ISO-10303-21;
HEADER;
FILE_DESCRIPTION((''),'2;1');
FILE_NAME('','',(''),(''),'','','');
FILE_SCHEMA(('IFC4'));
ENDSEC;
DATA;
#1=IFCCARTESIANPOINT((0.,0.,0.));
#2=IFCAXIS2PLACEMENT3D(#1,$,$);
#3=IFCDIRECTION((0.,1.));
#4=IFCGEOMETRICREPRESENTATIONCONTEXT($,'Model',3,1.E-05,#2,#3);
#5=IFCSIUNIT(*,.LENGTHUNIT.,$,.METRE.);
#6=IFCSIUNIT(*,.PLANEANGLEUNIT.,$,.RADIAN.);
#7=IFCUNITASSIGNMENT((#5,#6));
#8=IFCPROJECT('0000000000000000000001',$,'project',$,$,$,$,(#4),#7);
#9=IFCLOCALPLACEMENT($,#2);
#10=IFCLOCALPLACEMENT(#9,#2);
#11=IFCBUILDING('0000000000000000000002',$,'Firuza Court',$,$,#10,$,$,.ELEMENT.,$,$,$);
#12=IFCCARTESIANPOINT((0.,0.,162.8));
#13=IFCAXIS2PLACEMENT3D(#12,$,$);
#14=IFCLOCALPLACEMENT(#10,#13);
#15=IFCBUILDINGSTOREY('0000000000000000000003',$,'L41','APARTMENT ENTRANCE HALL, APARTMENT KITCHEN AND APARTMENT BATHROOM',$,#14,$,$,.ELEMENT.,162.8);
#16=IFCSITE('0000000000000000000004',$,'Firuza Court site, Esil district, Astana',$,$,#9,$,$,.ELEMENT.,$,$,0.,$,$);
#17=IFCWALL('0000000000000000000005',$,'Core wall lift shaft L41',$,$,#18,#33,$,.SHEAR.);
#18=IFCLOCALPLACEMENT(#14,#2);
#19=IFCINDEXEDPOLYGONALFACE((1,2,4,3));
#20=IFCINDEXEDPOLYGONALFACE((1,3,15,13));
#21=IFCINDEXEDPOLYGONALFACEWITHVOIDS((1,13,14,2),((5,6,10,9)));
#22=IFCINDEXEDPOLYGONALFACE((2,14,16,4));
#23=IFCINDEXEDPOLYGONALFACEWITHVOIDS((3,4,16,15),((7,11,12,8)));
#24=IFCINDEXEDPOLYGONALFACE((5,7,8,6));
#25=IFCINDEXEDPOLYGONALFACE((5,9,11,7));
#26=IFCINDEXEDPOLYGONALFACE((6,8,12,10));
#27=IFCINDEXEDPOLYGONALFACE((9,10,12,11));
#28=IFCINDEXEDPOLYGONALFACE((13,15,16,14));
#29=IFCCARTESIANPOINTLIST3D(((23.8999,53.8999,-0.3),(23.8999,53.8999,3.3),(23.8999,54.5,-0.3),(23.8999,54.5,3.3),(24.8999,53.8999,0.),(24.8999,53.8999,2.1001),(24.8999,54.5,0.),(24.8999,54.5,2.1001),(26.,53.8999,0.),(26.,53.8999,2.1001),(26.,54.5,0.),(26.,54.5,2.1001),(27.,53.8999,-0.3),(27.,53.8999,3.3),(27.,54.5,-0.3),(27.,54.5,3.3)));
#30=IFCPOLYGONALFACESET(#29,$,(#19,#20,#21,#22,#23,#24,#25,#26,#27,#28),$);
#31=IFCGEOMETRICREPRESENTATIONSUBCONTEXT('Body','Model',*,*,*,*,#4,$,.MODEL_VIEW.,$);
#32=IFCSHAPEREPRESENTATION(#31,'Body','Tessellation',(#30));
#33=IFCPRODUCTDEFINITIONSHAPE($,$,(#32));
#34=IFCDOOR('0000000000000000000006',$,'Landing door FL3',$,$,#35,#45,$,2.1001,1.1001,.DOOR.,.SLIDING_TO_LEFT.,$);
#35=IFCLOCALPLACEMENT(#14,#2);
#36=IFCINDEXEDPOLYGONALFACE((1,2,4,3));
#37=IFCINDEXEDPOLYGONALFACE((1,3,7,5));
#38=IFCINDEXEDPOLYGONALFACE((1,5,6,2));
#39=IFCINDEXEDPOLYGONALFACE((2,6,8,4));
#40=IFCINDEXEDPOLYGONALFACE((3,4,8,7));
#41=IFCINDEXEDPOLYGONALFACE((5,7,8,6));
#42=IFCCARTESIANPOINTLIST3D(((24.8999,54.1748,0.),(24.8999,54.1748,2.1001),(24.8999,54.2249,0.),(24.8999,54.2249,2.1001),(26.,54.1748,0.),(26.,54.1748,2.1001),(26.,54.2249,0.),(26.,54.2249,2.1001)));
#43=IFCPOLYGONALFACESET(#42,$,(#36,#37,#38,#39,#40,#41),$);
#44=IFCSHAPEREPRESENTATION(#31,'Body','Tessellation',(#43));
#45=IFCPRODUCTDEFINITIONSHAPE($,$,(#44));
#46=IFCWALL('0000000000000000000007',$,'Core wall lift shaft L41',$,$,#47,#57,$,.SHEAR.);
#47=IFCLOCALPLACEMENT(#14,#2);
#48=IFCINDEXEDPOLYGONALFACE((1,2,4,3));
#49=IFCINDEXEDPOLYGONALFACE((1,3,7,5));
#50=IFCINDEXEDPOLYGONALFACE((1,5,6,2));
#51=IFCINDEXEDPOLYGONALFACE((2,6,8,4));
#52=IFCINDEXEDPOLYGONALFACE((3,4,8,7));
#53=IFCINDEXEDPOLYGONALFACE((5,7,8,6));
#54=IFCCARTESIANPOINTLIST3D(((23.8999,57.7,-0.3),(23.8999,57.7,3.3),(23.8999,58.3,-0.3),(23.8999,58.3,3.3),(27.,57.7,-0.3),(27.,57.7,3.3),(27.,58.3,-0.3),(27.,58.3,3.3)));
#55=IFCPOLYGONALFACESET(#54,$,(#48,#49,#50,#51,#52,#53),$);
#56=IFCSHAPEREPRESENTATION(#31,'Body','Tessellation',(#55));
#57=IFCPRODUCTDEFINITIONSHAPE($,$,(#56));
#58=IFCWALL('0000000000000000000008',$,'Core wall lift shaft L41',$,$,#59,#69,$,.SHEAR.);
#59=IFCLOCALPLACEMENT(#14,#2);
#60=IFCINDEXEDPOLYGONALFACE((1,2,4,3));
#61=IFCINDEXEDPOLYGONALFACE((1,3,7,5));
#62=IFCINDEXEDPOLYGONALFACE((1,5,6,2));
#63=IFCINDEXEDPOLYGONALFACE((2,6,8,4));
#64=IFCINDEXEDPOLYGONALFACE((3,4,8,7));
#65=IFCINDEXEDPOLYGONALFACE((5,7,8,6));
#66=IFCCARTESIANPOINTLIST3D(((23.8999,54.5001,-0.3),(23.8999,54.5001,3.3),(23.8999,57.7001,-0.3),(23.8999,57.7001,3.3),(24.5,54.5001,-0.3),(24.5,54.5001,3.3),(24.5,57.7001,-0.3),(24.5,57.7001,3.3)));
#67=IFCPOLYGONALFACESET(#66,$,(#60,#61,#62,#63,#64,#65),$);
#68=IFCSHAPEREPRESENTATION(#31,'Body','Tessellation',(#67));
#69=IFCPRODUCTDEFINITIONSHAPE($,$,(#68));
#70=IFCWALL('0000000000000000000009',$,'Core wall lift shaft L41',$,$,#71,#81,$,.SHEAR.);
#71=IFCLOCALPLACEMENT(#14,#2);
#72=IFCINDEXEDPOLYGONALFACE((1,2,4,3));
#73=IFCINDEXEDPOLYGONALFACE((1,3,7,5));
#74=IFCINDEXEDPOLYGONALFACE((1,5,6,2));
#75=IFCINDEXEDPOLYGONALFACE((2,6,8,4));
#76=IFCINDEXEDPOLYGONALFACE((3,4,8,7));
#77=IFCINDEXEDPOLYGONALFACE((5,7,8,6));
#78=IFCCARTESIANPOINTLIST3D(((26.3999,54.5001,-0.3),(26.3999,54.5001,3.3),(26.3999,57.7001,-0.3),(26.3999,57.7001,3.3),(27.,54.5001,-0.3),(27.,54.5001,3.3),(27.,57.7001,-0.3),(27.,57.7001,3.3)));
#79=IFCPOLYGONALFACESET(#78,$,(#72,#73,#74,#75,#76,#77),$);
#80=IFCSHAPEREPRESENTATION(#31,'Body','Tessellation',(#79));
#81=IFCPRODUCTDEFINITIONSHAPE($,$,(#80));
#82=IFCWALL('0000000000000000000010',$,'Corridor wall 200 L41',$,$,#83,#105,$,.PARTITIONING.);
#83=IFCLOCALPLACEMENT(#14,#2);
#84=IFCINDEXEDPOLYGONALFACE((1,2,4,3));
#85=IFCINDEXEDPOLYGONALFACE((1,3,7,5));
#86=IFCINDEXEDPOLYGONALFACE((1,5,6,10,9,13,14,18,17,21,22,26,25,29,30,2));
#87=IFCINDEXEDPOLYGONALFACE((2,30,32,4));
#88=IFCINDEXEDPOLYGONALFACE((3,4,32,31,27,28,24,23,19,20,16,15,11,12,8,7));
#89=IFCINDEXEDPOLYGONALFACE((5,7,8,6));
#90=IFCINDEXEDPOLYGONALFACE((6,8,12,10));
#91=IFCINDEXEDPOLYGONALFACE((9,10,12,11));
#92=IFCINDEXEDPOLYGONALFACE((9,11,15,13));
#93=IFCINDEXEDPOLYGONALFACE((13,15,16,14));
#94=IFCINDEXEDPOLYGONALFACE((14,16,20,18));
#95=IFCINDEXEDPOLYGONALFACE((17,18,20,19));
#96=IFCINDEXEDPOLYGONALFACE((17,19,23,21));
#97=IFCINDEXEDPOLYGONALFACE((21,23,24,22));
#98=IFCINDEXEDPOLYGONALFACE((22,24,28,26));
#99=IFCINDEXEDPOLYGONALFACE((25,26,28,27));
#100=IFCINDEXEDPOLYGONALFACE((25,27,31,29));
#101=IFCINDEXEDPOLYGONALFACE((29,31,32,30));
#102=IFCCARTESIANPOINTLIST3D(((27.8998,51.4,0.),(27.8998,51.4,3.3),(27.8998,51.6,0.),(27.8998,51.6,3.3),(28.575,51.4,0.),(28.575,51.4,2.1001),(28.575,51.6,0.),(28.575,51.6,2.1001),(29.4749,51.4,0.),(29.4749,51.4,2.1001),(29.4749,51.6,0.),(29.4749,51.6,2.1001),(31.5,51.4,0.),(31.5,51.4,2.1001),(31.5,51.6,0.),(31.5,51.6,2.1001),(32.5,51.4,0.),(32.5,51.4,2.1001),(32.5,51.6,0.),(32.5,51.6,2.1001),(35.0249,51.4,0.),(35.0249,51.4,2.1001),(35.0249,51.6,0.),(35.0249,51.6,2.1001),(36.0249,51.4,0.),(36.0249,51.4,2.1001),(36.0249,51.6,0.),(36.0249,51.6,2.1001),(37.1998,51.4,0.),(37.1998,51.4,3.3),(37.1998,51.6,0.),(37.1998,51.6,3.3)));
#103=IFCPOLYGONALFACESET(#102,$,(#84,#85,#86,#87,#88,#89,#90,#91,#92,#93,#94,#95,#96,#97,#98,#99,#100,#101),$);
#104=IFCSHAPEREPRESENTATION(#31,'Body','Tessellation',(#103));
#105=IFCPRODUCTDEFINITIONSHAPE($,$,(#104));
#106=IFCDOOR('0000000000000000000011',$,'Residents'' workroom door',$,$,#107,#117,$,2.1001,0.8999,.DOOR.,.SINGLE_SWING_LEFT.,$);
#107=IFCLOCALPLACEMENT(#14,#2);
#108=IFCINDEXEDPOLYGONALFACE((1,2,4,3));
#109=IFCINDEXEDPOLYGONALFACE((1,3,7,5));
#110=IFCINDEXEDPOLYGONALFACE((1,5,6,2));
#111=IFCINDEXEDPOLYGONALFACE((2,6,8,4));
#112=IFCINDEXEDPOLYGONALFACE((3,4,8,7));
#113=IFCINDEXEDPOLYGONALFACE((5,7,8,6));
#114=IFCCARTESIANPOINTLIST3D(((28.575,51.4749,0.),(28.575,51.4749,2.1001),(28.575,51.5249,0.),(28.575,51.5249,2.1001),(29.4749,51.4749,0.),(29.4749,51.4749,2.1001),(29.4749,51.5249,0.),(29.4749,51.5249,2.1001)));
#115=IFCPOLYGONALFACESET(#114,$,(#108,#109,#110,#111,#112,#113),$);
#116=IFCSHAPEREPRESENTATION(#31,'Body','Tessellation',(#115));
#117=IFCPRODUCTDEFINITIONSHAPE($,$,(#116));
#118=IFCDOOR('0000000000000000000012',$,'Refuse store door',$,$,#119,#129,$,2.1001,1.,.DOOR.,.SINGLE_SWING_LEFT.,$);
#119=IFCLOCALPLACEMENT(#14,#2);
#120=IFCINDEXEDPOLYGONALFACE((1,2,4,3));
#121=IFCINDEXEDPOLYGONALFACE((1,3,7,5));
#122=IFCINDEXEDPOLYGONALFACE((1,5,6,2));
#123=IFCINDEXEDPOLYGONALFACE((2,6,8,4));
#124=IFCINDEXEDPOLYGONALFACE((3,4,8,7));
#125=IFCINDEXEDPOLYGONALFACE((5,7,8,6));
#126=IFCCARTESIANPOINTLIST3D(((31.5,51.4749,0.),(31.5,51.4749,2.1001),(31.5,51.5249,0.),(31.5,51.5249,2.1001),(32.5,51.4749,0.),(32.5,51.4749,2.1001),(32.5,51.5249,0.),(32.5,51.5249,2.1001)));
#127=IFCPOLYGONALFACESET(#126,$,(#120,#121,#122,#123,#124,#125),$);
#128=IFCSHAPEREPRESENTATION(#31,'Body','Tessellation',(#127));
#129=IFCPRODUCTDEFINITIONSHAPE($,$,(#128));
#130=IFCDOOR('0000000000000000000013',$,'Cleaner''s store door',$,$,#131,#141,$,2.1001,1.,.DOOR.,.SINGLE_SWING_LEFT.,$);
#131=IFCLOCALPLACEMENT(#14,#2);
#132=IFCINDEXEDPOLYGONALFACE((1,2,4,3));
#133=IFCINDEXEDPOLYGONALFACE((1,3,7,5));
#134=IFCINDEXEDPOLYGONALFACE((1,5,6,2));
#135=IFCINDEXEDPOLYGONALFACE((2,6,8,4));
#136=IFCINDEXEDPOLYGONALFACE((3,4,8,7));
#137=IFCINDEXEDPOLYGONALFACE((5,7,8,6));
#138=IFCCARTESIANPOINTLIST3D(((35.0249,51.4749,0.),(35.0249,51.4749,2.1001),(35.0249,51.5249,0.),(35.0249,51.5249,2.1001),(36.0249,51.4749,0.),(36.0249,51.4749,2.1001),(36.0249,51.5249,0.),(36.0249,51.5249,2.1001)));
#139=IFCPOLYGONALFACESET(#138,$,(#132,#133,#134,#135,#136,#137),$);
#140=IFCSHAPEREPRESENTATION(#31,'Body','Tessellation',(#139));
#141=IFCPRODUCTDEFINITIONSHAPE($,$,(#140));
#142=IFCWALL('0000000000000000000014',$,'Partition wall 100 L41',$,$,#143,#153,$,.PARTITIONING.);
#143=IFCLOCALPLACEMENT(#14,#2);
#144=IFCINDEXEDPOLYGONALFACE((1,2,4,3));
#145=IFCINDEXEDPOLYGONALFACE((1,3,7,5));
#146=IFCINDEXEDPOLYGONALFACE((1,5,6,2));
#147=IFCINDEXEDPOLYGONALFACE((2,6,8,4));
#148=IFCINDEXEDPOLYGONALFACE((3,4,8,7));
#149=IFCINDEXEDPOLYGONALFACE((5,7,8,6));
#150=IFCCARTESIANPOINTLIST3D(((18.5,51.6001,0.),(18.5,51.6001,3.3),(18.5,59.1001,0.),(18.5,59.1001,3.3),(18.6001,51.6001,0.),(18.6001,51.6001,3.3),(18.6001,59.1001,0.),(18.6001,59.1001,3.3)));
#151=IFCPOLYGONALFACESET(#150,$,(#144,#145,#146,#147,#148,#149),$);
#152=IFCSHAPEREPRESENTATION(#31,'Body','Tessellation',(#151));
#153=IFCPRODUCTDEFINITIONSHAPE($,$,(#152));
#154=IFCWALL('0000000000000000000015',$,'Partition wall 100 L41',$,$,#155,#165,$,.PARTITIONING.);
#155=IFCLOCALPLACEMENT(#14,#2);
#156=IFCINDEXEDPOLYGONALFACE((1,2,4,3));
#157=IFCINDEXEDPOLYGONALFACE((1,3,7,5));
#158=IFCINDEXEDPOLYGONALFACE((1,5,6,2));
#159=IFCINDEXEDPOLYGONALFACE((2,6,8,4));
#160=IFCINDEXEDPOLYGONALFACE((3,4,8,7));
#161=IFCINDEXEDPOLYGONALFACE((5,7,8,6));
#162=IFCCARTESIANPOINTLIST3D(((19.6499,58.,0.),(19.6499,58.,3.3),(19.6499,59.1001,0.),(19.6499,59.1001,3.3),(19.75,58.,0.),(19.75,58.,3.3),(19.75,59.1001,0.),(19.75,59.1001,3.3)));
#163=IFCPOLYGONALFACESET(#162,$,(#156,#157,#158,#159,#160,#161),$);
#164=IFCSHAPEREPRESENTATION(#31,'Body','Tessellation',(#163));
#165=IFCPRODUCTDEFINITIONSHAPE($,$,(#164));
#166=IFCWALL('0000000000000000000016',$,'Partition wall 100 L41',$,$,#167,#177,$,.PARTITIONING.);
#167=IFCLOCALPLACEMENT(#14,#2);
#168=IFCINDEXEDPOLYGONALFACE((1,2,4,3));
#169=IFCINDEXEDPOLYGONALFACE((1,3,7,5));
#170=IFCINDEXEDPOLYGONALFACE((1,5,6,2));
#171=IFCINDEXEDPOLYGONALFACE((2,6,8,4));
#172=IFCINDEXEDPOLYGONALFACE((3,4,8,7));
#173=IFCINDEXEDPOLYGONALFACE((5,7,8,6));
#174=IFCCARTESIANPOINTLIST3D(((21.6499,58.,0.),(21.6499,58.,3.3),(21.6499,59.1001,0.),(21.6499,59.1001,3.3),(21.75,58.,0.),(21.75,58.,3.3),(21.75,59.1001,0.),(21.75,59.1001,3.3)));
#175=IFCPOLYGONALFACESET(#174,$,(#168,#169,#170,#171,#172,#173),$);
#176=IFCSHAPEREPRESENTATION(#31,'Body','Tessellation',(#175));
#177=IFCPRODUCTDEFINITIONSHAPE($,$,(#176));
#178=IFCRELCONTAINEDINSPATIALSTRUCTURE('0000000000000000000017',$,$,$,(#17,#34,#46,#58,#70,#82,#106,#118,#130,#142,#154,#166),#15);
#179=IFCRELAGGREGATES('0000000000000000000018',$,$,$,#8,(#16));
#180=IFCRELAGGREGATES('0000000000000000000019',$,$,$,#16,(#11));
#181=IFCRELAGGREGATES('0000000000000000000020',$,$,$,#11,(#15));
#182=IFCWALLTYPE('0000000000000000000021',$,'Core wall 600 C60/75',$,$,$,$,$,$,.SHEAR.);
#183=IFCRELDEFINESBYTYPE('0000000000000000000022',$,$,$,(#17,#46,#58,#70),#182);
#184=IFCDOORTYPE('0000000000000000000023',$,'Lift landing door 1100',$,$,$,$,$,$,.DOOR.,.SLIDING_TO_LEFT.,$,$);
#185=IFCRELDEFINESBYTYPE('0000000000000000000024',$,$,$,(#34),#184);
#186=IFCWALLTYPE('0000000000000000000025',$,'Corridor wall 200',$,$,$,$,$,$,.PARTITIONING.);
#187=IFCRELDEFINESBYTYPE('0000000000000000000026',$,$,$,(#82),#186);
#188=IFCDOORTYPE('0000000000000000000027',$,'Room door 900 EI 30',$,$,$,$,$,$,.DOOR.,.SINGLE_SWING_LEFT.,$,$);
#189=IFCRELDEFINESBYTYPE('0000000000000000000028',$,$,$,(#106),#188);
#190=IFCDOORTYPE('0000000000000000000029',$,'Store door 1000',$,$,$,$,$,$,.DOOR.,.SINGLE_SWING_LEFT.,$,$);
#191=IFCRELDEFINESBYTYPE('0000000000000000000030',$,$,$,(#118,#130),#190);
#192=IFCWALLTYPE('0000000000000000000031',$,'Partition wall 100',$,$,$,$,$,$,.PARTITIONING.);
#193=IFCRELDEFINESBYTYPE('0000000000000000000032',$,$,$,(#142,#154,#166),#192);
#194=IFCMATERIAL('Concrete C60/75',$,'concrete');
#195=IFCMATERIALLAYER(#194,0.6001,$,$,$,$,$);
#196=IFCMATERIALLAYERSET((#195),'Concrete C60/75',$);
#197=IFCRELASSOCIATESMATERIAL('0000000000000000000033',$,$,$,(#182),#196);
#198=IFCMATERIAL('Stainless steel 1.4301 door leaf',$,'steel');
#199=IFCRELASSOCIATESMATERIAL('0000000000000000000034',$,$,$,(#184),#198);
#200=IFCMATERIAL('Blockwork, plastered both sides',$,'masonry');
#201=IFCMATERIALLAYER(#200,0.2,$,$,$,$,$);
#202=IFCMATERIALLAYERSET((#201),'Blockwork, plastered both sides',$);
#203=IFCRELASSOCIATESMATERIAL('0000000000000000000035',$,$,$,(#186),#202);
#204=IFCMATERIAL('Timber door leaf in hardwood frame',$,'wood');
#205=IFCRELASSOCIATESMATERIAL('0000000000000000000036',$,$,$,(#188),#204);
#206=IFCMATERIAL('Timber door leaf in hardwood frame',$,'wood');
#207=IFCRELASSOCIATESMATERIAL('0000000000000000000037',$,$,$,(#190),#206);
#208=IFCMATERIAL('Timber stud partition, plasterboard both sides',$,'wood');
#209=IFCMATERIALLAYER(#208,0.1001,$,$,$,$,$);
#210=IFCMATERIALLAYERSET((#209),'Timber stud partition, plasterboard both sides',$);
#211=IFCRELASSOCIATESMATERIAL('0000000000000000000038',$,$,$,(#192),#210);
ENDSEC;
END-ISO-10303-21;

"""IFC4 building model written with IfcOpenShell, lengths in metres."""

from ifc_helpers import new_model, si_unit, direction, frame, frame_2d, origin, place, context, subcontext, project, spatial, rectangle, extrude, material, layer, layer_set, type_object, element, fill, save


model = new_model("IFC4")

# Units and contexts
model_context = context("Model", 3, precision=1e-05, world=origin(), true_north=direction((0.0, 1.0)))
body_context = subcontext(model_context, "Body", "Model", "MODEL_VIEW")
ifc_project = project(units=[si_unit("LENGTHUNIT", "METRE"), si_unit("PLANEANGLEUNIT", "RADIAN")], contexts=[model_context])

# Site, building, storey
site_placement = place(None, origin())
site = spatial("IfcSite", under=ifc_project, at=site_placement, Name="Firuza Court site, Esil district, Astana", CompositionType="ELEMENT", RefElevation=0.0)
building_placement = place(site_placement, origin())
building = spatial("IfcBuilding", under=site, at=building_placement, Name="Firuza Court", CompositionType="ELEMENT")
storey_placement = place(building_placement, frame((0.0, 0.0, 162.8)))
storey = spatial("IfcBuildingStorey", under=building, at=storey_placement, Name="L41", Description="APARTMENT ENTRANCE HALL, APARTMENT KITCHEN AND APARTMENT BATHROOM", CompositionType="ELEMENT", Elevation=162.8)

# Wall, opening, door
ifc_material_1 = material(Name="Concrete C60/75", Category="concrete")
ifc_layer_1 = layer(ifc_material_1, 0.6001)
ifc_layer_set_1 = layer_set([ifc_layer_1], Name="Concrete C60/75")
wall_type_1 = type_object("IfcWallType", Name="Core wall 600 C60/75", PredefinedType="SHEAR", material=ifc_layer_set_1)
wall_1_placement = place(storey_placement, frame((23.8999, 54.2, -0.3), z_axis=(0.0, 0.0, 1.0), x_axis=(1.0, 0.0, 0.0)))
wall_1 = element("IfcWall", 1, at=wall_1_placement, inside=storey, type_object=wall_type_1, Name="Core wall lift shaft L41", PredefinedType="SHEAR", context=body_context, shape_type="SweptSolid", body=[
    extrude(rectangle(XDim=3.1001, YDim=0.6001, at=frame_2d((1.55, 0.0))), origin(), (0.0, 0.0, 1.0), 3.6001),
])
opening_1_placement = place(wall_1_placement, frame((1.0, 0.0, 0.3)))
opening_1 = element("IfcOpeningElement", 2, at=opening_1_placement, cuts=wall_1, PredefinedType="OPENING", context=body_context, shape_type="SweptSolid", body=[
    extrude(rectangle(XDim=1.1001, YDim=2.1001, at=frame_2d((0.55, 1.05))), frame((0.0, 0.312, 0.0), z_axis=(0.0, -1.0, 0.0), x_axis=(1.0, 0.0, 0.0)), (0.0, 0.0, 1.0), 0.624),
])
ifc_material_2 = material(Name="Stainless steel 1.4301 door leaf", Category="steel")
door_type_1 = type_object("IfcDoorType", Name="Lift landing door 1100", OperationType="SLIDING_TO_LEFT", PredefinedType="DOOR", material=ifc_material_2)
door_1_placement = place(opening_1_placement, origin())
door_1 = element("IfcDoor", 3, at=door_1_placement, inside=storey, type_object=door_type_1, Name="Landing door FL3", OperationType="SLIDING_TO_LEFT", OverallHeight=2.1001, OverallWidth=1.1001, PredefinedType="DOOR", context=body_context, shape_type="SweptSolid", body=[
    extrude(rectangle(XDim=1.1001, YDim=2.1001, at=frame_2d((0.55, 1.05))), frame((0.0, 0.0249, 0.0), z_axis=(0.0, -1.0, 0.0), x_axis=(1.0, 0.0, 0.0)), (0.0, 0.0, 1.0), 0.05),
])
fill(opening_1, door_1)

# Walls
wall_2_placement = place(storey_placement, frame((23.8999, 58.0, -0.3), z_axis=(0.0, 0.0, 1.0), x_axis=(1.0, 0.0, 0.0)))
element("IfcWall", 4, at=wall_2_placement, inside=storey, type_object=wall_type_1, Name="Core wall lift shaft L41", PredefinedType="SHEAR", context=body_context, shape_type="SweptSolid", body=[
    extrude(rectangle(XDim=3.1001, YDim=0.6001, at=frame_2d((1.55, 0.0))), origin(), (0.0, 0.0, 1.0), 3.6001),
])
for number, where, z_axis, x_axis, name in (
    (5, (24.2, 54.5, -0.3), (0.0, 0.0, 1.0), (0.0, 1.0, 0.0), "Core wall lift shaft L41"),
    (6, (26.7, 54.5, -0.3), (0.0, 0.0, 1.0), (0.0, 1.0, 0.0), "Core wall lift shaft L41"),
):
    element("IfcWall", number, at=place(storey_placement, frame(where, z_axis=z_axis, x_axis=x_axis)), inside=storey, type_object=wall_type_1, Name=name, PredefinedType="SHEAR", context=body_context, shape_type="SweptSolid", body=[
        extrude(rectangle(XDim=3.2, YDim=0.6001, at=frame_2d((1.6001, 0.0))), origin(), (0.0, 0.0, 1.0), 3.6001),
    ])

# Wall, openings, doors
ifc_material_3 = material(Name="Blockwork, plastered both sides", Category="masonry")
ifc_layer_2 = layer(ifc_material_3, 0.2)
ifc_layer_set_2 = layer_set([ifc_layer_2], Name="Blockwork, plastered both sides")
wall_type_2 = type_object("IfcWallType", Name="Corridor wall 200", PredefinedType="PARTITIONING", material=ifc_layer_set_2)
wall_3_placement = place(storey_placement, frame((27.8999, 51.5, 0.0), z_axis=(0.0, 0.0, 1.0), x_axis=(1.0, 0.0, 0.0)))
wall_3 = element("IfcWall", 7, at=wall_3_placement, inside=storey, type_object=wall_type_2, Name="Corridor wall 200 L41", PredefinedType="PARTITIONING", context=body_context, shape_type="SweptSolid", body=[
    extrude(rectangle(XDim=9.3, YDim=0.2, at=frame_2d((4.6499, 0.0))), origin(), (0.0, 0.0, 1.0), 3.3),
])
opening_2_placement = place(wall_3_placement, frame((0.675, 0.0, 0.0)))
opening_2 = element("IfcOpeningElement", 8, at=opening_2_placement, cuts=wall_3, PredefinedType="OPENING", context=body_context, shape_type="SweptSolid", body=[
    extrude(rectangle(XDim=0.8999, YDim=2.1001, at=frame_2d((0.45, 1.05))), frame((0.0, 0.1118, 0.0), z_axis=(0.0, -1.0, 0.0), x_axis=(1.0, 0.0, 0.0)), (0.0, 0.0, 1.0), 0.2239),
])
opening_3_placement = place(wall_3_placement, frame((3.6001, 0.0, 0.0)))
opening_3 = element("IfcOpeningElement", 9, at=opening_3_placement, cuts=wall_3, PredefinedType="OPENING", context=body_context, shape_type="SweptSolid", body=[
    extrude(rectangle(XDim=1.0, YDim=2.1001, at=frame_2d((0.5, 1.05))), frame((0.0, 0.1118, 0.0), z_axis=(0.0, -1.0, 0.0), x_axis=(1.0, 0.0, 0.0)), (0.0, 0.0, 1.0), 0.2239),
])
opening_4_placement = place(wall_3_placement, frame((7.125, 0.0, 0.0)))
opening_4 = element("IfcOpeningElement", 10, at=opening_4_placement, cuts=wall_3, PredefinedType="OPENING", context=body_context, shape_type="SweptSolid", body=[
    extrude(rectangle(XDim=1.0, YDim=2.1001, at=frame_2d((0.5, 1.05))), frame((0.0, 0.1118, 0.0), z_axis=(0.0, -1.0, 0.0), x_axis=(1.0, 0.0, 0.0)), (0.0, 0.0, 1.0), 0.2239),
])
ifc_material_4 = material(Name="Timber door leaf in hardwood frame", Category="wood")
door_type_2 = type_object("IfcDoorType", Name="Room door 900 EI 30", OperationType="SINGLE_SWING_LEFT", PredefinedType="DOOR", material=ifc_material_4)
door_2_placement = place(opening_2_placement, origin())
door_2 = element("IfcDoor", 11, at=door_2_placement, inside=storey, type_object=door_type_2, Name="Residents' workroom door", OperationType="SINGLE_SWING_LEFT", OverallHeight=2.1001, OverallWidth=0.8999, PredefinedType="DOOR", context=body_context, shape_type="SweptSolid", body=[
    extrude(rectangle(XDim=0.8999, YDim=2.1001, at=frame_2d((0.45, 1.05))), frame((0.0, 0.0249, 0.0), z_axis=(0.0, -1.0, 0.0), x_axis=(1.0, 0.0, 0.0)), (0.0, 0.0, 1.0), 0.05),
])
fill(opening_2, door_2)
ifc_material_5 = material(Name="Timber door leaf in hardwood frame", Category="wood")
door_type_3 = type_object("IfcDoorType", Name="Store door 1000", OperationType="SINGLE_SWING_LEFT", PredefinedType="DOOR", material=ifc_material_5)
door_3_placement = place(opening_3_placement, origin())
door_3 = element("IfcDoor", 12, at=door_3_placement, inside=storey, type_object=door_type_3, Name="Refuse store door", OperationType="SINGLE_SWING_LEFT", OverallHeight=2.1001, OverallWidth=1.0, PredefinedType="DOOR", context=body_context, shape_type="SweptSolid", body=[
    extrude(rectangle(XDim=1.0, YDim=2.1001, at=frame_2d((0.5, 1.05))), frame((0.0, 0.0249, 0.0), z_axis=(0.0, -1.0, 0.0), x_axis=(1.0, 0.0, 0.0)), (0.0, 0.0, 1.0), 0.05),
])
fill(opening_3, door_3)
door_4_placement = place(opening_4_placement, origin())
door_4 = element("IfcDoor", 13, at=door_4_placement, inside=storey, type_object=door_type_3, Name="Cleaner's store door", OperationType="SINGLE_SWING_LEFT", OverallHeight=2.1001, OverallWidth=1.0, PredefinedType="DOOR", context=body_context, shape_type="SweptSolid", body=[
    extrude(rectangle(XDim=1.0, YDim=2.1001, at=frame_2d((0.5, 1.05))), frame((0.0, 0.0249, 0.0), z_axis=(0.0, -1.0, 0.0), x_axis=(1.0, 0.0, 0.0)), (0.0, 0.0, 1.0), 0.05),
])
fill(opening_4, door_4)

# Walls
ifc_material_6 = material(Name="Timber stud partition, plasterboard both sides", Category="wood")
ifc_layer_3 = layer(ifc_material_6, 0.1001)
ifc_layer_set_3 = layer_set([ifc_layer_3], Name="Timber stud partition, plasterboard both sides")
wall_type_3 = type_object("IfcWallType", Name="Partition wall 100", PredefinedType="PARTITIONING", material=ifc_layer_set_3)
wall_4_placement = place(storey_placement, frame((18.55, 51.6001, 0.0), z_axis=(0.0, 0.0, 1.0), x_axis=(0.0, 1.0, 0.0)))
element("IfcWall", 14, at=wall_4_placement, inside=storey, type_object=wall_type_3, Name="Partition wall 100 L41", PredefinedType="PARTITIONING", context=body_context, shape_type="SweptSolid", body=[
    extrude(rectangle(XDim=7.5, YDim=0.1001, at=frame_2d((3.75, 0.0))), origin(), (0.0, 0.0, 1.0), 3.3),
])
for number, where, z_axis, x_axis, name in (
    (15, (19.7, 58.0, 0.0), (0.0, 0.0, 1.0), (0.0, 1.0, 0.0), "Partition wall 100 L41"),
    (16, (21.7, 58.0, 0.0), (0.0, 0.0, 1.0), (0.0, 1.0, 0.0), "Partition wall 100 L41"),
):
    element("IfcWall", number, at=place(storey_placement, frame(where, z_axis=z_axis, x_axis=x_axis)), inside=storey, type_object=wall_type_3, Name=name, PredefinedType="PARTITIONING", context=body_context, shape_type="SweptSolid", body=[
        extrude(rectangle(XDim=1.1001, YDim=0.1001, at=frame_2d((0.55, 0.0))), origin(), (0.0, 0.0, 1.0), 3.3),
    ])

save(model, "model.ifc")
